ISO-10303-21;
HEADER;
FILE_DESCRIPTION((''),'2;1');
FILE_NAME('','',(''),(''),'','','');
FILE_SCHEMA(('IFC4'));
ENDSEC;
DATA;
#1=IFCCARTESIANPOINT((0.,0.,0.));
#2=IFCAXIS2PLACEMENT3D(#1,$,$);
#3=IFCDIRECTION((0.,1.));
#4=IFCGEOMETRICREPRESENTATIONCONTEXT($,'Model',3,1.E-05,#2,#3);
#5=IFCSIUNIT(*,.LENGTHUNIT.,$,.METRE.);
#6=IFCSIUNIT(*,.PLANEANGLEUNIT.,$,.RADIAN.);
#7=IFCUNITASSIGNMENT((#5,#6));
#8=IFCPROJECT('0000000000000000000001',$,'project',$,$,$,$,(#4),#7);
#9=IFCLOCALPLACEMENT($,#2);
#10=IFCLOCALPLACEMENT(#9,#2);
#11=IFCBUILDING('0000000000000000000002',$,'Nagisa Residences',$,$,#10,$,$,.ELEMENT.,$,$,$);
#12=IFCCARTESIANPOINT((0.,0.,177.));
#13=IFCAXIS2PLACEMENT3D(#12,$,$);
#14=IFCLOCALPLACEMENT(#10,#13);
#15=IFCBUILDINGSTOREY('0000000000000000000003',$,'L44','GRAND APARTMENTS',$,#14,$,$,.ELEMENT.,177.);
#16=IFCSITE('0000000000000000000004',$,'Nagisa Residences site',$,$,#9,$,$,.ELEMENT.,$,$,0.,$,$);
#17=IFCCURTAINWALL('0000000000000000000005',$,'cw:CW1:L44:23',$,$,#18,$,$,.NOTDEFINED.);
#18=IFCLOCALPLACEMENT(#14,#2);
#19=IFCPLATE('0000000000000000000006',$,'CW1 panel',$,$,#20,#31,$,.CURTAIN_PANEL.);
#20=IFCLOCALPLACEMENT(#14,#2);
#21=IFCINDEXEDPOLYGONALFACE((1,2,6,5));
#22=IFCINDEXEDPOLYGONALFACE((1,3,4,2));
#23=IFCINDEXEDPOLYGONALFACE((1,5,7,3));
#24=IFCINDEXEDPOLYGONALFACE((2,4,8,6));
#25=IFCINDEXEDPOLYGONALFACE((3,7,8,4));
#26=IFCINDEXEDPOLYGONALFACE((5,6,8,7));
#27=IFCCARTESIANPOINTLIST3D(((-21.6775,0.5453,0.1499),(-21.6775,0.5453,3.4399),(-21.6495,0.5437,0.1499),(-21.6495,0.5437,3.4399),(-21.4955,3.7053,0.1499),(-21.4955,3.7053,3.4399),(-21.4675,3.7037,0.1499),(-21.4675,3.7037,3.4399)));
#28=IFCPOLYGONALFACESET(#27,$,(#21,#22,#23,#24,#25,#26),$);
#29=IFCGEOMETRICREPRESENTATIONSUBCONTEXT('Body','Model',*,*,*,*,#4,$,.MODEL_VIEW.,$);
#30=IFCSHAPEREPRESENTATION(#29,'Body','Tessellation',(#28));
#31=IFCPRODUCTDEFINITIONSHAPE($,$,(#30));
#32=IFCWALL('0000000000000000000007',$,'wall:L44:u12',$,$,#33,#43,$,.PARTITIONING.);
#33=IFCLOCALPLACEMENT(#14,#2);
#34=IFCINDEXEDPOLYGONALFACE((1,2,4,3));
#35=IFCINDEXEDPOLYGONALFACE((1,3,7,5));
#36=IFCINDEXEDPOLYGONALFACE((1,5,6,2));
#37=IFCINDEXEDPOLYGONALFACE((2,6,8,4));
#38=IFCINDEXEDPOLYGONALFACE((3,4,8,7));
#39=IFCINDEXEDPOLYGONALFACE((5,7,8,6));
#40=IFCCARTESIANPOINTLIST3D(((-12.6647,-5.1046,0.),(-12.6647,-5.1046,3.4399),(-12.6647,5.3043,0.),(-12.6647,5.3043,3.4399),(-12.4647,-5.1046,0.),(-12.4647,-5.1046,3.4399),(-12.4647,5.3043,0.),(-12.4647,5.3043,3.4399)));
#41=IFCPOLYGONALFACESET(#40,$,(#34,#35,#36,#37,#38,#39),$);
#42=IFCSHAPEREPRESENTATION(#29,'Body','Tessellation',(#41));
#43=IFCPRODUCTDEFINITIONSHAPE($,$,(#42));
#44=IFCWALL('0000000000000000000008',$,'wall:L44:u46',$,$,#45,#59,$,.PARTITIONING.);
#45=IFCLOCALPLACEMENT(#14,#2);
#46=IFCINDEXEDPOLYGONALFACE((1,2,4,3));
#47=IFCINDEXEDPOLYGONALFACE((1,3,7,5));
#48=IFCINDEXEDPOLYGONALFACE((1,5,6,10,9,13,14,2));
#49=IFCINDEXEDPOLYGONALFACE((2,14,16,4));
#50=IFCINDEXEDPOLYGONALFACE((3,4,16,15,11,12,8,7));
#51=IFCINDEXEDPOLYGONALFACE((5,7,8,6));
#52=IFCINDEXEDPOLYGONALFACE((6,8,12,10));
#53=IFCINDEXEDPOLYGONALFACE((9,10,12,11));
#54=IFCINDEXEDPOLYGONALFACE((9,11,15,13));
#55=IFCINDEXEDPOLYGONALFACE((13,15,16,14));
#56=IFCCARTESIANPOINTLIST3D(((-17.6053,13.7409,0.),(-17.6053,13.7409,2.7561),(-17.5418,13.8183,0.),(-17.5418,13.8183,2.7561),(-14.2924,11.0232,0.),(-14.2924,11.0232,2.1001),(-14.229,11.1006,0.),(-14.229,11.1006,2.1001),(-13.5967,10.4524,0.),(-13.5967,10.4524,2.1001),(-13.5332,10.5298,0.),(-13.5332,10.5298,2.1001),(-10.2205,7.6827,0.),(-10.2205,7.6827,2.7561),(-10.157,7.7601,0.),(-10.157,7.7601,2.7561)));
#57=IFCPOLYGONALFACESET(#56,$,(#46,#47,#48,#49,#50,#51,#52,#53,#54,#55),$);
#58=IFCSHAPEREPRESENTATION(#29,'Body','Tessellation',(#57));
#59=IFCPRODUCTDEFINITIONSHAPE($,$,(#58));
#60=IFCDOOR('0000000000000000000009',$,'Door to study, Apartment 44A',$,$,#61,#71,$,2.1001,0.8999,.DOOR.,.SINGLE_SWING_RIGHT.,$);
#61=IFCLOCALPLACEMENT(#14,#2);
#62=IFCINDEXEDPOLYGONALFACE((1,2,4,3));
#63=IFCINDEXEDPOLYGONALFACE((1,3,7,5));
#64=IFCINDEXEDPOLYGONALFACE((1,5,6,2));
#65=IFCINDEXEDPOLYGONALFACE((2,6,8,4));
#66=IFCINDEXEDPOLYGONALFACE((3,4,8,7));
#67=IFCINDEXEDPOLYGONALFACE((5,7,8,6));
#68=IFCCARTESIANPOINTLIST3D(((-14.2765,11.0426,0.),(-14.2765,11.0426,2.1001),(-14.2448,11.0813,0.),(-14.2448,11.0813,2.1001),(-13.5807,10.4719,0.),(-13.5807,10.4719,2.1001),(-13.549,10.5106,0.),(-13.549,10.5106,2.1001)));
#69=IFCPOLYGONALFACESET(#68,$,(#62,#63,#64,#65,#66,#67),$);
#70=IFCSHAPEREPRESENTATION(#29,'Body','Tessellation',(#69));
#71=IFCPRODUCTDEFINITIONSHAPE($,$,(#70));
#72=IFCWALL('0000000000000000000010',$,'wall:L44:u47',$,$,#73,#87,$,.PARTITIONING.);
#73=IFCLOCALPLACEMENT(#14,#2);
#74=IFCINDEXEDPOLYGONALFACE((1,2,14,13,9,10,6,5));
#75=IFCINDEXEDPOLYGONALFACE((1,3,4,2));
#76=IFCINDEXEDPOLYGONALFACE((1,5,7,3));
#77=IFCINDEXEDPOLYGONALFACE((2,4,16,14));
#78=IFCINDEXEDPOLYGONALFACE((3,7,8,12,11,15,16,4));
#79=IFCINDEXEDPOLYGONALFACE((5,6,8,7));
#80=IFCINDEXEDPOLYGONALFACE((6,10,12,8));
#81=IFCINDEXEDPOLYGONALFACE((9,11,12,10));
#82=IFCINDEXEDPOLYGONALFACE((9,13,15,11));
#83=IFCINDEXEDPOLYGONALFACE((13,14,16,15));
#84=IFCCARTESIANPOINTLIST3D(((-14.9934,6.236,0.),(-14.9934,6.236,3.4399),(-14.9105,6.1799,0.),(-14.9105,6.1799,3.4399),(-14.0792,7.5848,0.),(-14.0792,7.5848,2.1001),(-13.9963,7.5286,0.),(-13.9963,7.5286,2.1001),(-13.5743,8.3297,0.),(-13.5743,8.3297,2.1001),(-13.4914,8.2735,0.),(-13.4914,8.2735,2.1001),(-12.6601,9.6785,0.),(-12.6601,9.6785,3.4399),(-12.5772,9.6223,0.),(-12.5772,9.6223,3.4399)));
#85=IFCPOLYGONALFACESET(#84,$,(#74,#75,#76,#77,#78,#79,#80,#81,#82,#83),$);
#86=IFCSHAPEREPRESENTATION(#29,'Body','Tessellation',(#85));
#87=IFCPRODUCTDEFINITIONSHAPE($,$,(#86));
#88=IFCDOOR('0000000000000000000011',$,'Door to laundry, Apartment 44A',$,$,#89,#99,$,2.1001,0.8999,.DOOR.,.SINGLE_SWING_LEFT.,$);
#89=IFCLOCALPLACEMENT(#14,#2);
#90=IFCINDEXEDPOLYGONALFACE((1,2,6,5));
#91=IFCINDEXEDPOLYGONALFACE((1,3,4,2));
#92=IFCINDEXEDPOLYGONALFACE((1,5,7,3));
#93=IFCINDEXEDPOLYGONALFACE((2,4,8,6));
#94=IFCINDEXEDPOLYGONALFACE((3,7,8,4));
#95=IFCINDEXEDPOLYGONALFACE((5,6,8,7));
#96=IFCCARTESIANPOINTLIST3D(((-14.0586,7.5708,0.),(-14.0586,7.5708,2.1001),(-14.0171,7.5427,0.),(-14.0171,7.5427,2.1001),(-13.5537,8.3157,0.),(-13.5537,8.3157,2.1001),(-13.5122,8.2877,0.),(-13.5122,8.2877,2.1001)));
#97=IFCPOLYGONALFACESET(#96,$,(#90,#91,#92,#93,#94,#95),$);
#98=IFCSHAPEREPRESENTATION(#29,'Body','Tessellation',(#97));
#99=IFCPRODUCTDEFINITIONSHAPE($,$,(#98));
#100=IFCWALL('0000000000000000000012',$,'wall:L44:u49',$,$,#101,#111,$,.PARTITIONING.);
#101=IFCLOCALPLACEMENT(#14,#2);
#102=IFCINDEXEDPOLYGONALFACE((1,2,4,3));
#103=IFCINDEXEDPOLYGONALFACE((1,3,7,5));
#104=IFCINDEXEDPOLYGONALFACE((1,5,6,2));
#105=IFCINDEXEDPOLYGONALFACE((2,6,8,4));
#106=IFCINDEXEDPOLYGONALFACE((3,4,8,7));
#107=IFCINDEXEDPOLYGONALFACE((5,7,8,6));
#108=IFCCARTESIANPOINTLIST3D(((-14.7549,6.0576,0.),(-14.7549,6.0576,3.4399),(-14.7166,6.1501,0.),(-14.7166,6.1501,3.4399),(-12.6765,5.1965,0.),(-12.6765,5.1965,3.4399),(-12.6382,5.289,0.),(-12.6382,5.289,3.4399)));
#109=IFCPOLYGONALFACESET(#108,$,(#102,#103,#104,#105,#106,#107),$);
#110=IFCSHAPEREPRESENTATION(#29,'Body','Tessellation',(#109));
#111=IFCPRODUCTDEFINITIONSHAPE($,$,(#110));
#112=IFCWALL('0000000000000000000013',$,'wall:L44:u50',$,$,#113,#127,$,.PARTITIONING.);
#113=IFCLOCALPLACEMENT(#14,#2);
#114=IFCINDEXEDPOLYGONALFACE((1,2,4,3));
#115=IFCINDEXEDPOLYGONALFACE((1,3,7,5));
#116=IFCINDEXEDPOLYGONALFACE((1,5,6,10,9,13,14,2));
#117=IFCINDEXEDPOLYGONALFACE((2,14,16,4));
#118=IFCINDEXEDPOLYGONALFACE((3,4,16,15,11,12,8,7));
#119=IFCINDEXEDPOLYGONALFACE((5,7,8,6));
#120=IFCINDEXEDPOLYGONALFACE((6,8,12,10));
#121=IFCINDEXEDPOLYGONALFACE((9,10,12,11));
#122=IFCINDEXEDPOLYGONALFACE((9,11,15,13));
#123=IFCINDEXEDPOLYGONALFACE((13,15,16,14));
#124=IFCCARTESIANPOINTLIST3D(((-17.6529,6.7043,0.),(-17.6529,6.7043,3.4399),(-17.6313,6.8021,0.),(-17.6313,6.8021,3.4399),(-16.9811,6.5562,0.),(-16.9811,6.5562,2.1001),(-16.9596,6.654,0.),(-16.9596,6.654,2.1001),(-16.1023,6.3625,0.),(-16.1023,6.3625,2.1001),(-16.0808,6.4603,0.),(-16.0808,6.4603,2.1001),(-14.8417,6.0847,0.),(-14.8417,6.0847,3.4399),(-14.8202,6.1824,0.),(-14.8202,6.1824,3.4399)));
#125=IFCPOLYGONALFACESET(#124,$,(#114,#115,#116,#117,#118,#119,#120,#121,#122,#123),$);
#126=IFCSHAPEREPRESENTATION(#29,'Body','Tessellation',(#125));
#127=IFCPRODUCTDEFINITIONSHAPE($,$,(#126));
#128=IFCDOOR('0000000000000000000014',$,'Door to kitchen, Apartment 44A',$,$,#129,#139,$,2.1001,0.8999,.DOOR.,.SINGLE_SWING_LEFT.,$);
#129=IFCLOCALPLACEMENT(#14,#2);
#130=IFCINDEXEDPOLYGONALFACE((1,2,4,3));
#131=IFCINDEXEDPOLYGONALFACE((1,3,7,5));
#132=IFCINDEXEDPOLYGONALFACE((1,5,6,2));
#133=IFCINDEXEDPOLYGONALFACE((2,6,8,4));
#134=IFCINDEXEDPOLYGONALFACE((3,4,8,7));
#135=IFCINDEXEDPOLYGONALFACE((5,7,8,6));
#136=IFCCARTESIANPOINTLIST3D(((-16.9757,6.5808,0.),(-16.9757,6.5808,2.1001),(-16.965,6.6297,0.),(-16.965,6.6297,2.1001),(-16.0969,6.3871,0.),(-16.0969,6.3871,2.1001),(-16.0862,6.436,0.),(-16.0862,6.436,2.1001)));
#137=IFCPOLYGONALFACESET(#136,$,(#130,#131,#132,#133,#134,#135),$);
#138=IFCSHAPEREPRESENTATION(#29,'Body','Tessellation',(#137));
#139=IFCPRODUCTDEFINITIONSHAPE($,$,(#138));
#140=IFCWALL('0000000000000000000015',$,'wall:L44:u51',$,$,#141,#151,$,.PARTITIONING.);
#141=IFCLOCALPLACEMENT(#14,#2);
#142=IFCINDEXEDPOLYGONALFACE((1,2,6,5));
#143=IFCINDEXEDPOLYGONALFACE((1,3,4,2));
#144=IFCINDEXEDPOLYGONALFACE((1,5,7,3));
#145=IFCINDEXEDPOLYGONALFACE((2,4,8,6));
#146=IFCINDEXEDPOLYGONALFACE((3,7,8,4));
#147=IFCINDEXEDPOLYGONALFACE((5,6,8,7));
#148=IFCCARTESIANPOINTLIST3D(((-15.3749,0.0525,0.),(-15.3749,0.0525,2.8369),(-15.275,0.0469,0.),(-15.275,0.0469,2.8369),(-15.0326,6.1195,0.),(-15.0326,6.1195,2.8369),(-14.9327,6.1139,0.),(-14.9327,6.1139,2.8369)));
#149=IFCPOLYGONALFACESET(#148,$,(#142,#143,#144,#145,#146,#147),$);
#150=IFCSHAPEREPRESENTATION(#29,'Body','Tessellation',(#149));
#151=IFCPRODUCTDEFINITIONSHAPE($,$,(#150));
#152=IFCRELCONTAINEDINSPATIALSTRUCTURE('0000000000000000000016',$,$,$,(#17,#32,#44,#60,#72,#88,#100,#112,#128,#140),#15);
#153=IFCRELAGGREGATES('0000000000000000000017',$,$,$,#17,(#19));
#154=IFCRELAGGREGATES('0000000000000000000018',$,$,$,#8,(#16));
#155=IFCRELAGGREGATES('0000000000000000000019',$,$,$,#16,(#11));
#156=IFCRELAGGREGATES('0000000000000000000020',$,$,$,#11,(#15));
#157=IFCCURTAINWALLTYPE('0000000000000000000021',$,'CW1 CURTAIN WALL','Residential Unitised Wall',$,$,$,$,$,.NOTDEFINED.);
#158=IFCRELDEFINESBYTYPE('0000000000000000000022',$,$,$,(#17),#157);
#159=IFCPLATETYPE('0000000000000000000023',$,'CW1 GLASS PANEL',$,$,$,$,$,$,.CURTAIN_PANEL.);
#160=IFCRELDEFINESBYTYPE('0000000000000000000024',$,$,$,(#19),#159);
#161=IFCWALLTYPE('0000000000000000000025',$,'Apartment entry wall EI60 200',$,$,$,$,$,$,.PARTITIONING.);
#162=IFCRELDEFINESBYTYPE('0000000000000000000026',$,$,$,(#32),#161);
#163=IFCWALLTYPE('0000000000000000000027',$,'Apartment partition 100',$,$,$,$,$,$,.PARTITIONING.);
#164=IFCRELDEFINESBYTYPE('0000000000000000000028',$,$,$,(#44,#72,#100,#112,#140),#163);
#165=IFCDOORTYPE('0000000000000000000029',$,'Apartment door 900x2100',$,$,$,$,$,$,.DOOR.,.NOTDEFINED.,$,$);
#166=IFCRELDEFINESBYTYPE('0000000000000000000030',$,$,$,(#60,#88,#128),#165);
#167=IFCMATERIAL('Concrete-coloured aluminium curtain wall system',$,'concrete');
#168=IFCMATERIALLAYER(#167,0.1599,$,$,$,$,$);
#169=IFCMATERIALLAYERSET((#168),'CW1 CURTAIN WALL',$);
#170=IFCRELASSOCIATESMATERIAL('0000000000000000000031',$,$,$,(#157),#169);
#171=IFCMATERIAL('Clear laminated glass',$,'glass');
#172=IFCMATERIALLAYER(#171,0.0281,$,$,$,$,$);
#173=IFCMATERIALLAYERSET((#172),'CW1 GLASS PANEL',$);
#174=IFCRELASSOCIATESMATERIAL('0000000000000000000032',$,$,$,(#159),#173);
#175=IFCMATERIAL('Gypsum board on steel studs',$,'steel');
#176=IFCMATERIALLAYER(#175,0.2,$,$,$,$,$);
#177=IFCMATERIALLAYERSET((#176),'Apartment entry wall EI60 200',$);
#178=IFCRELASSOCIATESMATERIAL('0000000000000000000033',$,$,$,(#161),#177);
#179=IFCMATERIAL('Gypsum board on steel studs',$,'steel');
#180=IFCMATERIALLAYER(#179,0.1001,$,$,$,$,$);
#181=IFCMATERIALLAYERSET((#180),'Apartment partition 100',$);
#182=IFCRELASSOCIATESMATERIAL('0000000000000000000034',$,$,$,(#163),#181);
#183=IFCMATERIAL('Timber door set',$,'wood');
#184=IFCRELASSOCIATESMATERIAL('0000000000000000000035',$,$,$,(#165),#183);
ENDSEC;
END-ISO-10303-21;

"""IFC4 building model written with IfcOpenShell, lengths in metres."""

from ifc_helpers import new_model, si_unit, direction, frame, frame_2d, origin, origin_2d, place, context, subcontext, project, spatial, rectangle, extrude, material, layer, layer_set, type_object, element, fill, aggregate, save


model = new_model("IFC4")

# Units and contexts
model_context = context("Model", 3, precision=1e-05, world=origin(), true_north=direction((0.0, 1.0)))
body_context = subcontext(model_context, "Body", "Model", "MODEL_VIEW")
ifc_project = project(units=[si_unit("LENGTHUNIT", "METRE"), si_unit("PLANEANGLEUNIT", "RADIAN")], contexts=[model_context])

# Site, building, storey
site_placement = place(None, origin())
site = spatial("IfcSite", under=ifc_project, at=site_placement, Name="Nagisa Residences site", CompositionType="ELEMENT", RefElevation=0.0)
building_placement = place(site_placement, origin())
building = spatial("IfcBuilding", under=site, at=building_placement, Name="Nagisa Residences", CompositionType="ELEMENT")
storey_placement = place(building_placement, frame((0.0, 0.0, 177.0)))
storey = spatial("IfcBuildingStorey", under=building, at=storey_placement, Name="L44", Description="GRAND APARTMENTS", CompositionType="ELEMENT", Elevation=177.0)

# Curtain wall
ifc_material_1 = material(Name="Concrete-coloured aluminium curtain wall system", Category="concrete")
ifc_layer_1 = layer(ifc_material_1, 0.1599)
ifc_layer_set_1 = layer_set([ifc_layer_1], Name="CW1 CURTAIN WALL")
curtain_wall_type = type_object("IfcCurtainWallType", Name="CW1 CURTAIN WALL", Description="Residential Unitised Wall", PredefinedType="NOTDEFINED", material=ifc_layer_set_1)
curtain_wall_1_placement = place(storey_placement, origin())
curtain_wall_1 = element("IfcCurtainWall", 1, at=curtain_wall_1_placement, inside=storey, type_object=curtain_wall_type, Name="cw:CW1:L44:23", PredefinedType="NOTDEFINED")

# Plate
ifc_material_2 = material(Name="Clear laminated glass", Category="glass")
ifc_layer_2 = layer(ifc_material_2, 0.0281)
ifc_layer_set_2 = layer_set([ifc_layer_2], Name="CW1 GLASS PANEL")
plate_type = type_object("IfcPlateType", Name="CW1 GLASS PANEL", PredefinedType="CURTAIN_PANEL", material=ifc_layer_set_2)
plate_1_placement = place(storey_placement, frame((-21.5725, 2.1245, 0.1499), z_axis=(0.0, 0.0, 1.0), x_axis=(-0.057503, -0.998345, 0.0)))
plate_1 = element("IfcPlate", 2, at=plate_1_placement, type_object=plate_type, Name="CW1 panel", PredefinedType="CURTAIN_PANEL", context=body_context, shape_type="SweptSolid", body=[
    extrude(rectangle(XDim=3.1653, YDim=0.0281, at=origin_2d()), origin(), (0.0, 0.0, 1.0), 3.29),
])
aggregate(curtain_wall_1, [plate_1])

# Wall
ifc_material_3 = material(Name="Gypsum board on steel studs", Category="steel")
ifc_layer_3 = layer(ifc_material_3, 0.2)
ifc_layer_set_3 = layer_set([ifc_layer_3], Name="Apartment entry wall EI60 200")
wall_type_1 = type_object("IfcWallType", Name="Apartment entry wall EI60 200", PredefinedType="PARTITIONING", material=ifc_layer_set_3)
wall_1_placement = place(storey_placement, frame((-12.5647, 5.3044, 0.0), z_axis=(0.0, 0.0, 1.0), x_axis=(0.0, -1.0, 0.0)))
element("IfcWall", 3, at=wall_1_placement, inside=storey, type_object=wall_type_1, Name="wall:L44:u12", PredefinedType="PARTITIONING", context=body_context, shape_type="SweptSolid", body=[
    extrude(rectangle(XDim=10.4089, YDim=0.2, at=frame_2d((5.2046, 0.0))), origin(), (0.0, 0.0, 1.0), 3.4399),
])

# Walls, openings, doors
ifc_material_4 = material(Name="Gypsum board on steel studs", Category="steel")
ifc_layer_4 = layer(ifc_material_4, 0.1001)
ifc_layer_set_4 = layer_set([ifc_layer_4], Name="Apartment partition 100")
wall_type_2 = type_object("IfcWallType", Name="Apartment partition 100", PredefinedType="PARTITIONING", material=ifc_layer_set_4)
wall_2_placement = place(storey_placement, frame((-10.1887, 7.7214, 0.0), z_axis=(0.0, 0.0, 1.0), x_axis=(-0.773134, 0.634242, 0.0)))
wall_2 = element("IfcWall", 4, at=wall_2_placement, inside=storey, type_object=wall_type_2, Name="wall:L44:u46", PredefinedType="PARTITIONING", context=body_context, shape_type="SweptSolid", body=[
    extrude(rectangle(XDim=9.5518, YDim=0.1001, at=frame_2d((4.7759, 0.0))), origin(), (0.0, 0.0, 1.0), 2.7561),
])
opening_1_placement = place(wall_2_placement, frame((4.3669, 0.0, 0.0)))
opening_1 = element("IfcOpeningElement", 5, at=opening_1_placement, cuts=wall_2, PredefinedType="OPENING", context=body_context, shape_type="SweptSolid", body=[
    extrude(rectangle(XDim=0.8999, YDim=2.1001, at=frame_2d((0.45, 1.05))), frame((0.0, 0.0601, 0.0), z_axis=(0.0, -1.0, 0.0), x_axis=(1.0, 0.0, 0.0)), (0.0, 0.0, 1.0), 0.1201),
])
ifc_material_5 = material(Name="Timber door set", Category="wood")
door_type_1 = type_object("IfcDoorType", Name="Apartment door 900x2100", OperationType="NOTDEFINED", PredefinedType="DOOR", material=ifc_material_5)
door_1_placement = place(opening_1_placement, origin())
door_1 = element("IfcDoor", 6, at=door_1_placement, inside=storey, type_object=door_type_1, Name="Door to study, Apartment 44A", OperationType="SINGLE_SWING_RIGHT", OverallHeight=2.1001, OverallWidth=0.8999, PredefinedType="DOOR", context=body_context, shape_type="SweptSolid", body=[
    extrude(rectangle(XDim=0.8999, YDim=2.1001, at=frame_2d((0.45, 1.05))), frame((0.0, 0.0249, 0.0), z_axis=(0.0, -1.0, 0.0), x_axis=(1.0, 0.0, 0.0)), (0.0, 0.0, 1.0), 0.05),
])
fill(opening_1, door_1)
wall_3_placement = place(storey_placement, frame((-12.6187, 9.6504, 0.0), z_axis=(0.0, 0.0, 1.0), x_axis=(-0.561065, -0.827772, 0.0)))
wall_3 = element("IfcWall", 7, at=wall_3_placement, inside=storey, type_object=wall_type_2, Name="wall:L44:u47", PredefinedType="PARTITIONING", context=body_context, shape_type="SweptSolid", body=[
    extrude(rectangle(XDim=4.1587, YDim=0.1001, at=frame_2d((2.0793, 0.0))), origin(), (0.0, 0.0, 1.0), 3.4399),
])
opening_2_placement = place(wall_3_placement, frame((1.6294, 0.0, 0.0)))
opening_2 = element("IfcOpeningElement", 8, at=opening_2_placement, cuts=wall_3, PredefinedType="OPENING", context=body_context, shape_type="SweptSolid", body=[
    extrude(rectangle(XDim=0.8999, YDim=2.1001, at=frame_2d((0.45, 1.05))), frame((0.0, 0.0601, 0.0), z_axis=(0.0, -1.0, 0.0), x_axis=(1.0, 0.0, 0.0)), (0.0, 0.0, 1.0), 0.1201),
])
door_2_placement = place(opening_2_placement, origin())
door_2 = element("IfcDoor", 9, at=door_2_placement, inside=storey, type_object=door_type_1, Name="Door to laundry, Apartment 44A", OperationType="SINGLE_SWING_LEFT", OverallHeight=2.1001, OverallWidth=0.8999, PredefinedType="DOOR", context=body_context, shape_type="SweptSolid", body=[
    extrude(rectangle(XDim=0.8999, YDim=2.1001, at=frame_2d((0.45, 1.05))), frame((0.0, 0.0249, 0.0), z_axis=(0.0, -1.0, 0.0), x_axis=(1.0, 0.0, 0.0)), (0.0, 0.0, 1.0), 0.05),
])
fill(opening_2, door_2)

# Wall
wall_4_placement = place(storey_placement, frame((-12.6572, 5.2427, 0.0), z_axis=(0.0, 0.0, 1.0), x_axis=(-0.923849, 0.382758, 0.0)))
element("IfcWall", 10, at=wall_4_placement, inside=storey, type_object=wall_type_2, Name="wall:L44:u49", PredefinedType="PARTITIONING", context=body_context, shape_type="SweptSolid", body=[
    extrude(rectangle(XDim=2.2498, YDim=0.1001, at=frame_2d((1.125, 0.0))), origin(), (0.0, 0.0, 1.0), 3.4399),
])

# Wall, opening, door
wall_5_placement = place(storey_placement, frame((-14.8308, 6.1335, 0.0), z_axis=(0.0, 0.0, 1.0), x_axis=(-0.976561, 0.215242, 0.0)))
wall_5 = element("IfcWall", 11, at=wall_5_placement, inside=storey, type_object=wall_type_2, Name="wall:L44:u50", PredefinedType="PARTITIONING", context=body_context, shape_type="SweptSolid", body=[
    extrude(rectangle(XDim=2.8787, YDim=0.1001, at=frame_2d((1.4395, 0.0))), origin(), (0.0, 0.0, 1.0), 3.4399),
])
opening_3_placement = place(wall_5_placement, frame((1.291, 0.0, 0.0)))
opening_3 = element("IfcOpeningElement", 12, at=opening_3_placement, cuts=wall_5, PredefinedType="OPENING", context=body_context, shape_type="SweptSolid", body=[
    extrude(rectangle(XDim=0.8999, YDim=2.1001, at=frame_2d((0.45, 1.05))), frame((0.0, 0.0601, 0.0), z_axis=(0.0, -1.0, 0.0), x_axis=(1.0, 0.0, 0.0)), (0.0, 0.0, 1.0), 0.1201),
])
door_3_placement = place(opening_3_placement, origin())
door_3 = element("IfcDoor", 13, at=door_3_placement, inside=storey, type_object=door_type_1, Name="Door to kitchen, Apartment 44A", OperationType="SINGLE_SWING_LEFT", OverallHeight=2.1001, OverallWidth=0.8999, PredefinedType="DOOR", context=body_context, shape_type="SweptSolid", body=[
    extrude(rectangle(XDim=0.8999, YDim=2.1001, at=frame_2d((0.45, 1.05))), frame((0.0, 0.0249, 0.0), z_axis=(0.0, -1.0, 0.0), x_axis=(1.0, 0.0, 0.0)), (0.0, 0.0, 1.0), 0.05),
])
fill(opening_3, door_3)

# Wall
wall_6_placement = place(storey_placement, frame((-14.9827, 6.1167, 0.0), z_axis=(0.0, 0.0, 1.0), x_axis=(-0.056329, -0.998412, 0.0)))
element("IfcWall", 14, at=wall_6_placement, inside=storey, type_object=wall_type_2, Name="wall:L44:u51", PredefinedType="PARTITIONING", context=body_context, shape_type="SweptSolid", body=[
    extrude(rectangle(XDim=6.0767, YDim=0.1001, at=frame_2d((3.0383, 0.0))), origin(), (0.0, 0.0, 1.0), 2.8369),
])

save(model, "model.ifc")
